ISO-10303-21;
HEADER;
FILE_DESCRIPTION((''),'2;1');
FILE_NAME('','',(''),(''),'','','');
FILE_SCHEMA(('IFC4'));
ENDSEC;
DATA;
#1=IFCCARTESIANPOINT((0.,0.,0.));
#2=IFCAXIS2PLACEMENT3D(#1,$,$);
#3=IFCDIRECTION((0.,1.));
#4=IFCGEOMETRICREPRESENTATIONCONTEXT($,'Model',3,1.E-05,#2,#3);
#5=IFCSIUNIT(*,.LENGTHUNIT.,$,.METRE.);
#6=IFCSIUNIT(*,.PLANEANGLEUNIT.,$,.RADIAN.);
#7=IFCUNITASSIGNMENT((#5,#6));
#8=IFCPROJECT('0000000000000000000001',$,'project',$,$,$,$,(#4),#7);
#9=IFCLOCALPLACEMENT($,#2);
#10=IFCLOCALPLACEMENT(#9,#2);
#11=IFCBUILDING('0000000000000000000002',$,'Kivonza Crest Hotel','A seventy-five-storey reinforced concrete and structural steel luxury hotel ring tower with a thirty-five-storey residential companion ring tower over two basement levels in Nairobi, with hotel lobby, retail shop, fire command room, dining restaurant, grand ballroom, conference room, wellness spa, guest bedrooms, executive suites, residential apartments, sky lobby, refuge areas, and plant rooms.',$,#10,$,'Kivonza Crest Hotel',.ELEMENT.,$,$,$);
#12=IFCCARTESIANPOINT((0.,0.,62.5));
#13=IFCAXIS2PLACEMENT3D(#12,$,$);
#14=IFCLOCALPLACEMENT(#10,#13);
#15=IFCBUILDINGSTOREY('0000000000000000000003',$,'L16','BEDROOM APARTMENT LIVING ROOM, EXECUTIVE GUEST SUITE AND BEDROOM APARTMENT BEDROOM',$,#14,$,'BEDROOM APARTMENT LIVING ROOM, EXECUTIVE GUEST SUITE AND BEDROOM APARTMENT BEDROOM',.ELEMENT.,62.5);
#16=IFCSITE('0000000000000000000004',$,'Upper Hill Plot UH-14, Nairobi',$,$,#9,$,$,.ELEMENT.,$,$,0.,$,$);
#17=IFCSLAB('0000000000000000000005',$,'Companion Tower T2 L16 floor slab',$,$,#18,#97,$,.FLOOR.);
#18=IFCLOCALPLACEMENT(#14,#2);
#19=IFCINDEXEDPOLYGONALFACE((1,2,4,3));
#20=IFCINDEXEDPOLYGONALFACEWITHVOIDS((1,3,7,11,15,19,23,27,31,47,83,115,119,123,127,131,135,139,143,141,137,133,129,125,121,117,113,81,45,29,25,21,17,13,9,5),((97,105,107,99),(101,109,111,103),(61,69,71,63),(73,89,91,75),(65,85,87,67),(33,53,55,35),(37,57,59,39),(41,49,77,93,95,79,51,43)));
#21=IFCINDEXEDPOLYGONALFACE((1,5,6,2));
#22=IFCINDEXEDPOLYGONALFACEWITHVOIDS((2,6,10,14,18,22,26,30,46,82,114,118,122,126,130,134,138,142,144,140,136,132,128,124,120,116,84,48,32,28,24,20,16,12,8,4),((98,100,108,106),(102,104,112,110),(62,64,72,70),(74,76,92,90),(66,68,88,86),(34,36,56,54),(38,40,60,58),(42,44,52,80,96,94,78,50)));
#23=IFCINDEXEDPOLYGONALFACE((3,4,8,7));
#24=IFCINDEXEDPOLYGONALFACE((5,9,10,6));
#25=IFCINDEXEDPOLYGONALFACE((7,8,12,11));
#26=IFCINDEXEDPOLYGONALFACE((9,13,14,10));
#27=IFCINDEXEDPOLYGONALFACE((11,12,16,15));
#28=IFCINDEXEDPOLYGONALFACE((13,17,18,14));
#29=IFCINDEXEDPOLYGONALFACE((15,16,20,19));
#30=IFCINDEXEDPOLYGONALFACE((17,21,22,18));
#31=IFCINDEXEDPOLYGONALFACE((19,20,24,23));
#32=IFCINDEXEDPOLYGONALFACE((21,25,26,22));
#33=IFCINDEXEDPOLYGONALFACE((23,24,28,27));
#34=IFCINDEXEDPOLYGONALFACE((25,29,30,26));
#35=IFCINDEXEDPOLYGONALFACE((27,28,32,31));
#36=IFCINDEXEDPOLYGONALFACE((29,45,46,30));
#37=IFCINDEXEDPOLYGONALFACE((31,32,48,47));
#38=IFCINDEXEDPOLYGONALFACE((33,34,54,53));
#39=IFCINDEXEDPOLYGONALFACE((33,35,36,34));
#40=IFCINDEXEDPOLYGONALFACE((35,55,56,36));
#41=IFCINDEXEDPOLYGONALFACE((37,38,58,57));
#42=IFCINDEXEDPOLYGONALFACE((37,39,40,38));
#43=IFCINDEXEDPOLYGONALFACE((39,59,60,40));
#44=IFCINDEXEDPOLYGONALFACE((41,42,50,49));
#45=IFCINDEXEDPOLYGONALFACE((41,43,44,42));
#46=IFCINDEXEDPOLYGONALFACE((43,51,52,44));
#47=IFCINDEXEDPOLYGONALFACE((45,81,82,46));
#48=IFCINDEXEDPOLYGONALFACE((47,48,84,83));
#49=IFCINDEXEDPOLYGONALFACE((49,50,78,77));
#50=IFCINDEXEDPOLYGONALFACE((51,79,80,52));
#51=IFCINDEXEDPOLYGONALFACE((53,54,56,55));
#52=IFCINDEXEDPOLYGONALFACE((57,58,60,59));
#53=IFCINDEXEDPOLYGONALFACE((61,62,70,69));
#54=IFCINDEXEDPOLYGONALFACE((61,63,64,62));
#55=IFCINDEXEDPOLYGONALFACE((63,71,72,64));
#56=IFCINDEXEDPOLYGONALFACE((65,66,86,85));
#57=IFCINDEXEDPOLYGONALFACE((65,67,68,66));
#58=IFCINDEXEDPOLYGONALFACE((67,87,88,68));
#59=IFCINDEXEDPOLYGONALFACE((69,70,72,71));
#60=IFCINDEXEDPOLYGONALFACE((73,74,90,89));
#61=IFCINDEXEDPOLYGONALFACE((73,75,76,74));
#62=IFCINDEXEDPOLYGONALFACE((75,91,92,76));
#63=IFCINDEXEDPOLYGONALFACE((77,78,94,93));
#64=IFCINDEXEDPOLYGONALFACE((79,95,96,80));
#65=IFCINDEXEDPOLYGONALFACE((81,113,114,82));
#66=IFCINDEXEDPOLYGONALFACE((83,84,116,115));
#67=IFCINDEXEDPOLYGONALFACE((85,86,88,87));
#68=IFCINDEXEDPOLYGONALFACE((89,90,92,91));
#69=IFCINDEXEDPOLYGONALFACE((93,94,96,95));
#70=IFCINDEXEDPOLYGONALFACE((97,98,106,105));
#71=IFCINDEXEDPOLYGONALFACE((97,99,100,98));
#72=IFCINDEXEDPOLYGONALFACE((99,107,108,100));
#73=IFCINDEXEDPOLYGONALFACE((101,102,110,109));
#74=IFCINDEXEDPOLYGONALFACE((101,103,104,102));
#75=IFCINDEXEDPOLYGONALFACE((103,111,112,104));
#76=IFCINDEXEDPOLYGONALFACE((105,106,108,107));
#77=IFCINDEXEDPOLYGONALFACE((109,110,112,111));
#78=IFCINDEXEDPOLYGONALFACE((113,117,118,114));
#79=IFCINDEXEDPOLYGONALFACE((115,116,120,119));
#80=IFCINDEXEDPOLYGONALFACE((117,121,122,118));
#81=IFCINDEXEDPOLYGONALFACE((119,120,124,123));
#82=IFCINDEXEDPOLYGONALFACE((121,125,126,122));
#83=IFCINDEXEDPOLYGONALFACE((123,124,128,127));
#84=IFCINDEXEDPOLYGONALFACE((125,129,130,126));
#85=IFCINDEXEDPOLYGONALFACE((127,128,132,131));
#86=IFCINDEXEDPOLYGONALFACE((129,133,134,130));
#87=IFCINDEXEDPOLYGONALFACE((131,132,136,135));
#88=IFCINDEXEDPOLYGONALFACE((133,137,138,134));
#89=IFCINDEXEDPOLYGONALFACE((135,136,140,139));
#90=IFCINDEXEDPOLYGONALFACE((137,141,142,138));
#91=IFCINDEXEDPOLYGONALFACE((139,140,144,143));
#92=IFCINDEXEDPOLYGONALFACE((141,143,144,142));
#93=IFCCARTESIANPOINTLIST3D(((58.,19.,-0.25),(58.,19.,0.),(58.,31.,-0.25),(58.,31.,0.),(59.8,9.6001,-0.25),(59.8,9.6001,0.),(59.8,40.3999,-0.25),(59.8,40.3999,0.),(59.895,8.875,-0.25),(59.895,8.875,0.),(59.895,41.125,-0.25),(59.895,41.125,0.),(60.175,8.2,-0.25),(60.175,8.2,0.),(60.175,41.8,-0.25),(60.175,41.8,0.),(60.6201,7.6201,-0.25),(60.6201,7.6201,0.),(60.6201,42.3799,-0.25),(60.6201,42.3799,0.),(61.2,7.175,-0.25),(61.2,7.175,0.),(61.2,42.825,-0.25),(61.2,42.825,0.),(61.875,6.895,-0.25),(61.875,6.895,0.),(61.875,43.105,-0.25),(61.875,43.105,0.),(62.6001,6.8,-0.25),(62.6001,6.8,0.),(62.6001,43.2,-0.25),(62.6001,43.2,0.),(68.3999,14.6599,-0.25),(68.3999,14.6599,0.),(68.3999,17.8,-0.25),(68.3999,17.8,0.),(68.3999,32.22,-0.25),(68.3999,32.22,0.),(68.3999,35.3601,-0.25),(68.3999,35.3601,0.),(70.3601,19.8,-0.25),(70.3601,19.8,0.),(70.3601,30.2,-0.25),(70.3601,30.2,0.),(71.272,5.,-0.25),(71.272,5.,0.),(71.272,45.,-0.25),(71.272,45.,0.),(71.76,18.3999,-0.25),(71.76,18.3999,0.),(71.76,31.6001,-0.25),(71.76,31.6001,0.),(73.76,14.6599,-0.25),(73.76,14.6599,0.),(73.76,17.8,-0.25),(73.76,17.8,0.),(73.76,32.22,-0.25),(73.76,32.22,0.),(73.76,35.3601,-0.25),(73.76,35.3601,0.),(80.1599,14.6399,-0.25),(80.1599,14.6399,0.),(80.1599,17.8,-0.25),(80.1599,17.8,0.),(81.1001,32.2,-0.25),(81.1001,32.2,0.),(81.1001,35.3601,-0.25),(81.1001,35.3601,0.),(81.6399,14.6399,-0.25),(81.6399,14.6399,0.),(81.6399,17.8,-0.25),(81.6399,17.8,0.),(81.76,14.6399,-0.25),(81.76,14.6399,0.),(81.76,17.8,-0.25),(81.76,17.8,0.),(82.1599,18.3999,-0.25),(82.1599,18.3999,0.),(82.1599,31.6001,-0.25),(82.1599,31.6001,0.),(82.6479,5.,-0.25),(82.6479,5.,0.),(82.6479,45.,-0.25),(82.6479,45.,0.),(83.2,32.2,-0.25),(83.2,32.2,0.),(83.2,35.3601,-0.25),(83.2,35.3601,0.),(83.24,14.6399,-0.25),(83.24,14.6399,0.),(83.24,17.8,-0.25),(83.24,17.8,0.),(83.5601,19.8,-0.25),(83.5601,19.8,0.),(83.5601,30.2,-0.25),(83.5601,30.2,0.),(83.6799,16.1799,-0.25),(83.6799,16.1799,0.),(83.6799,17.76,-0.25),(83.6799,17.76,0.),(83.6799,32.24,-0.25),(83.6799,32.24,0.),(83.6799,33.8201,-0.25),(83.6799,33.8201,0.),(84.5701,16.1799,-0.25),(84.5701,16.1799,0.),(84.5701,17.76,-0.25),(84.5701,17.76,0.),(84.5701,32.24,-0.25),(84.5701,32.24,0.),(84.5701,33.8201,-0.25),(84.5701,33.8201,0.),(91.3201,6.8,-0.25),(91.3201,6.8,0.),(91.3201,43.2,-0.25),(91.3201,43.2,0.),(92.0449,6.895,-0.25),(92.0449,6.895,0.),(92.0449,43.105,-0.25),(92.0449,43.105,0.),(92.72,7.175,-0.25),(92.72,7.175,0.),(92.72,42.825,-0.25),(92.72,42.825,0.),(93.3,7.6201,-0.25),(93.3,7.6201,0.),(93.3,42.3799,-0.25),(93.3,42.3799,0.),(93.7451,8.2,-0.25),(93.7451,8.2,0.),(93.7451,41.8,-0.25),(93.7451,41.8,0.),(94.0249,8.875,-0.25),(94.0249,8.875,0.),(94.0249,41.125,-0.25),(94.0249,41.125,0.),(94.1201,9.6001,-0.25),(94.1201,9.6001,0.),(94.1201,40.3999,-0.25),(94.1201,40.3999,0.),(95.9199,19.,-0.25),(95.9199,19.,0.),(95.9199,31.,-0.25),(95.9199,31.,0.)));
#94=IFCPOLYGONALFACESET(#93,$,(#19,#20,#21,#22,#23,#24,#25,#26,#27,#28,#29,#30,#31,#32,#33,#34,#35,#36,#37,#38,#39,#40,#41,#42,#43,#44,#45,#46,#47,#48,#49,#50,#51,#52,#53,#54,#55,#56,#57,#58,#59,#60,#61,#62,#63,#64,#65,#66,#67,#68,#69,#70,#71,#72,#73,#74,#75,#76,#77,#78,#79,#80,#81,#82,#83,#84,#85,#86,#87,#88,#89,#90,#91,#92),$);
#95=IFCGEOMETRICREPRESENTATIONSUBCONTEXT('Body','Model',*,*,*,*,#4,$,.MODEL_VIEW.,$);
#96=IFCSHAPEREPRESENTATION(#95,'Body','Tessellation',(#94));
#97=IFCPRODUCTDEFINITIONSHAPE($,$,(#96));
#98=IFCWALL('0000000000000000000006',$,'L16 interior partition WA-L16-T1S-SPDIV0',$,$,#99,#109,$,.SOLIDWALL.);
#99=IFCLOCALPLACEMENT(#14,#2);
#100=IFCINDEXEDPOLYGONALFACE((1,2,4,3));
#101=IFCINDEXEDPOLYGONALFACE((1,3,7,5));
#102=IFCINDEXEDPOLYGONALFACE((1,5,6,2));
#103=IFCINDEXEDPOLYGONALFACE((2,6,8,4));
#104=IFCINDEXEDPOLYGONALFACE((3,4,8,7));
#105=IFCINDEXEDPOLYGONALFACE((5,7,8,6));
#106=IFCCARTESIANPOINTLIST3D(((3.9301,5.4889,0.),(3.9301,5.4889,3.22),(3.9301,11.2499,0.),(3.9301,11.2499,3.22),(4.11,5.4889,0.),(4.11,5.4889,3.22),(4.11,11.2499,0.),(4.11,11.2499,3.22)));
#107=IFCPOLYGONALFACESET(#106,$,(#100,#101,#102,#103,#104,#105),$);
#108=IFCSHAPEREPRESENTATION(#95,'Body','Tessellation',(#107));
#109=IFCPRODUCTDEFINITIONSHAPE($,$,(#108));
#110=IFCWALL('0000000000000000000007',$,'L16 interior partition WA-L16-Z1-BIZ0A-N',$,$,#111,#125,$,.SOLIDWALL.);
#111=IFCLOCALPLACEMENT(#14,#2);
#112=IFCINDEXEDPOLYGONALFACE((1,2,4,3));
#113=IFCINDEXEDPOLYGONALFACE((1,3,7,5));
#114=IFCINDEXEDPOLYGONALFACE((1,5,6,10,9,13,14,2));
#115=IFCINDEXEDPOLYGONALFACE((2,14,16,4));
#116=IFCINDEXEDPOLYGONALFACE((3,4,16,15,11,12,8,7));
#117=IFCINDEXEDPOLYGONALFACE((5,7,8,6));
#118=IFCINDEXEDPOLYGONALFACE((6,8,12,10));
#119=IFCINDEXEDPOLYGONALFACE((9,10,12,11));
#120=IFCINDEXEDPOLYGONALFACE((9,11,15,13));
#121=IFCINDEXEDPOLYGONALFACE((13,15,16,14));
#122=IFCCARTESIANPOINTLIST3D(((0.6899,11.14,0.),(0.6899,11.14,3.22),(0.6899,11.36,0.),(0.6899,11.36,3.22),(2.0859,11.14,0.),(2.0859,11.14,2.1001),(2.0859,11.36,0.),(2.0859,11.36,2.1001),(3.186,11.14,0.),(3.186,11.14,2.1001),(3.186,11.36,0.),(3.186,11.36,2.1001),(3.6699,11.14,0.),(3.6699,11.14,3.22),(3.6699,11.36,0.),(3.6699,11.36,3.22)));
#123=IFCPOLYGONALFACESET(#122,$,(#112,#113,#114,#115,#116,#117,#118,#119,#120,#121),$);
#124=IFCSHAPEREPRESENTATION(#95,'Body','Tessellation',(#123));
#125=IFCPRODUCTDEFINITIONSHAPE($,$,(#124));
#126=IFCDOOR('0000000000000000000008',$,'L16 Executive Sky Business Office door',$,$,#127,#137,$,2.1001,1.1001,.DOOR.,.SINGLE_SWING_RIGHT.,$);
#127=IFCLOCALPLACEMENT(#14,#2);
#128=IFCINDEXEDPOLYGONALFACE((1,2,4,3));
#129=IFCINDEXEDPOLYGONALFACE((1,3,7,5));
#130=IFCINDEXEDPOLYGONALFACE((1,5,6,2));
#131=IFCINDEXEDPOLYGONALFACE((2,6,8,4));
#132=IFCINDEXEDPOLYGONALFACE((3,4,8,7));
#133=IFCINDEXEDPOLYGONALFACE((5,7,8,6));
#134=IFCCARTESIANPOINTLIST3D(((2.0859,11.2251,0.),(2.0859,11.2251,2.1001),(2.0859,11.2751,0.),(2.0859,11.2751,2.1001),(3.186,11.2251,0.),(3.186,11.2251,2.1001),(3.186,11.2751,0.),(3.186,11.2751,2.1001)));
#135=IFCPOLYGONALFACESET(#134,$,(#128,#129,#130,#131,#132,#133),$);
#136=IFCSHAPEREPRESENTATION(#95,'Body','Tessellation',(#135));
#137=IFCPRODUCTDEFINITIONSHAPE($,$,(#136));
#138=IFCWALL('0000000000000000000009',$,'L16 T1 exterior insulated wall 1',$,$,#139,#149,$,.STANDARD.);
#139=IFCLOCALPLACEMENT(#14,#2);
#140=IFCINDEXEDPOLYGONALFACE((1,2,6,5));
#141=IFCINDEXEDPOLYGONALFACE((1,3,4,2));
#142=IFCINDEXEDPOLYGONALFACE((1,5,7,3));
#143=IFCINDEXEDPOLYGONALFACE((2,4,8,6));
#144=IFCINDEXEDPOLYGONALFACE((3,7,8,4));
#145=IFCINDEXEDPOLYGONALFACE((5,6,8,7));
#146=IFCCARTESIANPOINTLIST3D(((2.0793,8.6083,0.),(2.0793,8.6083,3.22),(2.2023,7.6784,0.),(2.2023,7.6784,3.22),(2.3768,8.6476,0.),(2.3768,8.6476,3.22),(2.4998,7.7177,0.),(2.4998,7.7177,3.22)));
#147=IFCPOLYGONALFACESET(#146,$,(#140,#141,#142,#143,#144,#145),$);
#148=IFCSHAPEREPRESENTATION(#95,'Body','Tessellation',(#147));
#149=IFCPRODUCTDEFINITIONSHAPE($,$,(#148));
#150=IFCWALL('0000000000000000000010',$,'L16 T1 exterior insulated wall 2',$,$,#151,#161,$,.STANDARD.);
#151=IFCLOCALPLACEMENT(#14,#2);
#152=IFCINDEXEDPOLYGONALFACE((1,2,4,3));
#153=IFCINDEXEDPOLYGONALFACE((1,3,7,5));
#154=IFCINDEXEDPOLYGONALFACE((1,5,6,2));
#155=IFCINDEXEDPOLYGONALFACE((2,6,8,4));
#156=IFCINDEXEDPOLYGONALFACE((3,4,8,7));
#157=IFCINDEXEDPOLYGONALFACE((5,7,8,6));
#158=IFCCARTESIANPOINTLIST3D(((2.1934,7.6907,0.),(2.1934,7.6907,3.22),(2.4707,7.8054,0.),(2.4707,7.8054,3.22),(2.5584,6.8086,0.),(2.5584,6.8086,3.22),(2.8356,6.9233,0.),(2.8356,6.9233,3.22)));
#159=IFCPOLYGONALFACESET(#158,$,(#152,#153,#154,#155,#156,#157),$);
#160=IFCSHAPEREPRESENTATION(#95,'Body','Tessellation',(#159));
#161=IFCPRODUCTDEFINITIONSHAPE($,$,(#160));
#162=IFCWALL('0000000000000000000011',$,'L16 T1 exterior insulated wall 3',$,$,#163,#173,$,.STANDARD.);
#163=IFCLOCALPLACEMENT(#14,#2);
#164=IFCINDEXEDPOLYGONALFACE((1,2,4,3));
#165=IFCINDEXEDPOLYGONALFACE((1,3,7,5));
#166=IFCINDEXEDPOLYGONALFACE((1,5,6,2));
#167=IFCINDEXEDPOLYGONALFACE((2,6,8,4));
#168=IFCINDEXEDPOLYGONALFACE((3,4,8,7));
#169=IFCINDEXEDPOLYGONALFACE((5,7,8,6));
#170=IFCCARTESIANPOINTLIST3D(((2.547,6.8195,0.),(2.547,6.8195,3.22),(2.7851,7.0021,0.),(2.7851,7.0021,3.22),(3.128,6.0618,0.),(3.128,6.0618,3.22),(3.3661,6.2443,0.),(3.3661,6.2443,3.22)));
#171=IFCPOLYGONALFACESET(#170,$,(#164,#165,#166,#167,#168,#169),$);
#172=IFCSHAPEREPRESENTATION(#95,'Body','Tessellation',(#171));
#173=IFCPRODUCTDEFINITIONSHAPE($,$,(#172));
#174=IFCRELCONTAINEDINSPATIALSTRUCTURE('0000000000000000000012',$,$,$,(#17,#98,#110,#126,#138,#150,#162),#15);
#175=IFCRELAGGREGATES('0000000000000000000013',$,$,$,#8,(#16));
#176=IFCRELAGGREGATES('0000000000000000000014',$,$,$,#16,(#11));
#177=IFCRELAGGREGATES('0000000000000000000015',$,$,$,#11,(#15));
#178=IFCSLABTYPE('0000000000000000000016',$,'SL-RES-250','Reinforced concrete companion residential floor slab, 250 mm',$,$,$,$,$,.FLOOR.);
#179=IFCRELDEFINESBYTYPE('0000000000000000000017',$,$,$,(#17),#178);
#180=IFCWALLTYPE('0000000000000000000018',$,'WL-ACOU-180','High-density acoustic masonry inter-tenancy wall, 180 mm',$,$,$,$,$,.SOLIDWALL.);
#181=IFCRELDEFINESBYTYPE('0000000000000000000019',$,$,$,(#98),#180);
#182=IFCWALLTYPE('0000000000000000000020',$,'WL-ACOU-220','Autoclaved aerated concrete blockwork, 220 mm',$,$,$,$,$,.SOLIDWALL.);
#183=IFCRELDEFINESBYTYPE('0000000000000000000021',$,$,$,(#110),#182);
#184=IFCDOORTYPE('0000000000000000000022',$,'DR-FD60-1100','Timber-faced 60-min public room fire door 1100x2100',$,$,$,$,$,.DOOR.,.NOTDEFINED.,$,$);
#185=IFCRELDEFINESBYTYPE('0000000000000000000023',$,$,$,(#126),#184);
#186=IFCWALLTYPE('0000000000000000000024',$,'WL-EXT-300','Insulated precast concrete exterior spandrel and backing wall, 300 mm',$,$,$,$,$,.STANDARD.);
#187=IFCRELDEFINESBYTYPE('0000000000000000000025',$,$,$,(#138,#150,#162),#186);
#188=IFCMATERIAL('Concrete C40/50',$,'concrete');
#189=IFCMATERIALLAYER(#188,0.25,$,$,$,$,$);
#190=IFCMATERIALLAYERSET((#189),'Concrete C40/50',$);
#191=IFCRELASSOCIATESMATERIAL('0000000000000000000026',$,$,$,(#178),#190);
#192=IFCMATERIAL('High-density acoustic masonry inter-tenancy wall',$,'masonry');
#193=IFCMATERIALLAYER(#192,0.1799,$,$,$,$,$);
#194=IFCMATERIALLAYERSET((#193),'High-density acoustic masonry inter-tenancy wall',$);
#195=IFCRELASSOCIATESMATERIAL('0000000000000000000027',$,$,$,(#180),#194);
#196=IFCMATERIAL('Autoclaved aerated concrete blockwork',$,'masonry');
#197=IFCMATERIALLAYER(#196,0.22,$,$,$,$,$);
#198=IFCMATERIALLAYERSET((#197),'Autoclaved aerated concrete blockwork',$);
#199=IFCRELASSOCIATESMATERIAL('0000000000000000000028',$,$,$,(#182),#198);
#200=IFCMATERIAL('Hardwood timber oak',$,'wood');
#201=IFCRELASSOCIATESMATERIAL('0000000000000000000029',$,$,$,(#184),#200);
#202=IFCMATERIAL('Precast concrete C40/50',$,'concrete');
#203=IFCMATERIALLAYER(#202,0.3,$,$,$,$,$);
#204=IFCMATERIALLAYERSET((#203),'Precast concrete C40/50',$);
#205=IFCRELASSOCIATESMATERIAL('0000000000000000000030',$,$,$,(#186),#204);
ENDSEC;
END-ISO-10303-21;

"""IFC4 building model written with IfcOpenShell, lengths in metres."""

from ifc_helpers import new_model, si_unit, direction, frame, frame_2d, origin, place, context, subcontext, project, spatial, polyline, rectangle, outline, extrude, material, layer, layer_set, type_object, element, fill, save


model = new_model("IFC4")

# Units and contexts
model_context = context("Model", 3, precision=1e-05, world=origin(), true_north=direction((0.0, 1.0)))
body_context = subcontext(model_context, "Body", "Model", "MODEL_VIEW")
ifc_project = project(units=[si_unit("LENGTHUNIT", "METRE"), si_unit("PLANEANGLEUNIT", "RADIAN")], contexts=[model_context])

# Site, building, storey
site_placement = place(None, origin())
site = spatial("IfcSite", under=ifc_project, at=site_placement, Name="Upper Hill Plot UH-14, Nairobi", CompositionType="ELEMENT", RefElevation=0.0)
building_placement = place(site_placement, origin())
building = spatial("IfcBuilding", under=site, at=building_placement, Name="Kivonza Crest Hotel", Description="A seventy-five-storey reinforced concrete and structural steel luxury hotel ring tower with a thirty-five-storey residential companion ring tower over two basement levels in Nairobi, with hotel lobby, retail shop, fire command room, dining restaurant, grand ballroom, conference room, wellness spa, guest bedrooms, executive suites, residential apartments, sky lobby, refuge areas, and plant rooms.", LongName="Kivonza Crest Hotel", CompositionType="ELEMENT")
storey_placement = place(building_placement, frame((0.0, 0.0, 62.5)))
storey = spatial("IfcBuildingStorey", under=building, at=storey_placement, Name="L16", Description="BEDROOM APARTMENT LIVING ROOM, EXECUTIVE GUEST SUITE AND BEDROOM APARTMENT BEDROOM", LongName="BEDROOM APARTMENT LIVING ROOM, EXECUTIVE GUEST SUITE AND BEDROOM APARTMENT BEDROOM", CompositionType="ELEMENT", Elevation=62.5)

# Shared definitions
ifc_material_1 = material(Name="Concrete C40/50", Category="concrete")

# Slab
ifc_layer_1 = layer(ifc_material_1, 0.25)
ifc_layer_set_1 = layer_set([ifc_layer_1], Name="Concrete C40/50")
slab_type_1 = type_object("IfcSlabType", Name="SL-RES-250", Description="Reinforced concrete companion residential floor slab, 250 mm", PredefinedType="FLOOR", material=ifc_layer_set_1)
slab_1_placement = place(storey_placement, frame((0.0, 0.0, -0.25)))
element("IfcSlab", 1, at=slab_1_placement, inside=storey, type_object=slab_type_1, Name="Companion Tower T2 L16 floor slab", PredefinedType="FLOOR", context=body_context, shape_type="SweptSolid", body=[
    extrude(outline(polyline([(59.8, 9.6001), (59.895, 8.875), (60.175, 8.2), (60.6201, 7.6201), (61.2, 7.175), (61.875, 6.895), (62.6001, 6.8), (71.272, 5.0), (82.6479, 5.0), (91.3201, 6.8), (92.0449, 6.895), (92.72, 7.175), (93.3, 7.6201), (93.7451, 8.2), (94.0249, 8.875), (94.1201, 9.6001), (95.9199, 19.0), (95.9199, 31.0), (94.1201, 40.3999), (94.0249, 41.125), (93.7451, 41.8), (93.3, 42.3799), (92.72, 42.825), (92.0449, 43.105), (91.3201, 43.2), (82.6479, 45.0), (71.272, 45.0), (62.6001, 43.2), (61.875, 43.105), (61.2, 42.825), (60.6201, 42.3799), (60.175, 41.8), (59.895, 41.125), (59.8, 40.3999), (58.0, 31.0), (58.0, 19.0), (59.8, 9.6001)]), holes=[polyline([(71.76, 18.3999), (82.1599, 18.3999), (83.5601, 19.8), (83.5601, 30.2), (82.1599, 31.6001), (71.76, 31.6001), (70.3601, 30.2), (70.3601, 19.8), (71.76, 18.3999)]), polyline([(68.3999, 32.22), (73.76, 32.22), (73.76, 35.3601), (68.3999, 35.3601), (68.3999, 32.22)]), polyline([(68.3999, 14.6599), (73.76, 14.6599), (73.76, 17.8), (68.3999, 17.8), (68.3999, 14.6599)]), polyline([(83.6799, 32.24), (84.5701, 32.24), (84.5701, 33.8201), (83.6799, 33.8201), (83.6799, 32.24)]), polyline([(83.6799, 16.1799), (84.5701, 16.1799), (84.5701, 17.76), (83.6799, 17.76), (83.6799, 16.1799)]), polyline([(81.1001, 32.2), (83.2, 32.2), (83.2, 35.3601), (81.1001, 35.3601), (81.1001, 32.2)]), polyline([(80.1599, 14.6399), (81.6399, 14.6399), (81.6399, 17.8), (80.1599, 17.8), (80.1599, 14.6399)]), polyline([(81.76, 14.6399), (83.24, 14.6399), (83.24, 17.8), (81.76, 17.8), (81.76, 14.6399)])]), origin(), (0.0, 0.0, 1.0), 0.25),
])

# Wall
ifc_material_2 = material(Name="High-density acoustic masonry inter-tenancy wall", Category="masonry")
ifc_layer_2 = layer(ifc_material_2, 0.1799)
ifc_layer_set_2 = layer_set([ifc_layer_2], Name="High-density acoustic masonry inter-tenancy wall")
wall_type_1 = type_object("IfcWallType", Name="WL-ACOU-180", Description="High-density acoustic masonry inter-tenancy wall, 180 mm", PredefinedType="SOLIDWALL", material=ifc_layer_set_2)
wall_1_placement = place(storey_placement, frame((4.02, 5.489, 0.0), z_axis=(0.0, 0.0, 1.0), x_axis=(0.0, 1.0, 0.0)))
element("IfcWall", 2, at=wall_1_placement, inside=storey, type_object=wall_type_1, Name="L16 interior partition WA-L16-T1S-SPDIV0", PredefinedType="SOLIDWALL", context=body_context, shape_type="SweptSolid", body=[
    extrude(rectangle(XDim=5.761, YDim=0.1799, at=frame_2d((2.8804, 0.0))), origin(), (0.0, 0.0, 1.0), 3.22),
])

# Wall, opening, door
ifc_material_3 = material(Name="Autoclaved aerated concrete blockwork", Category="masonry")
ifc_layer_3 = layer(ifc_material_3, 0.22)
ifc_layer_set_3 = layer_set([ifc_layer_3], Name="Autoclaved aerated concrete blockwork")
wall_type_2 = type_object("IfcWallType", Name="WL-ACOU-220", Description="Autoclaved aerated concrete blockwork, 220 mm", PredefinedType="SOLIDWALL", material=ifc_layer_set_3)
wall_2_placement = place(storey_placement, frame((0.6899, 11.25, 0.0), z_axis=(0.0, 0.0, 1.0), x_axis=(1.0, 0.0, 0.0)))
wall_2 = element("IfcWall", 3, at=wall_2_placement, inside=storey, type_object=wall_type_2, Name="L16 interior partition WA-L16-Z1-BIZ0A-N", PredefinedType="SOLIDWALL", context=body_context, shape_type="SweptSolid", body=[
    extrude(rectangle(XDim=2.98, YDim=0.22, at=frame_2d((1.49, 0.0))), origin(), (0.0, 0.0, 1.0), 3.22),
])
opening_placement = place(wall_2_placement, frame((1.396, 0.0, 0.0)))
opening = element("IfcOpeningElement", 4, at=opening_placement, cuts=wall_2, PredefinedType="OPENING", context=body_context, shape_type="SweptSolid", body=[
    extrude(rectangle(XDim=1.1001, YDim=2.1001, at=frame_2d((0.55, 1.05))), frame((0.0, 0.1201, 0.0), z_axis=(0.0, -1.0, 0.0), x_axis=(1.0, 0.0, 0.0)), (0.0, 0.0, 1.0), 0.24),
])
ifc_material_4 = material(Name="Hardwood timber oak", Category="wood")
door_type = type_object("IfcDoorType", Name="DR-FD60-1100", Description="Timber-faced 60-min public room fire door 1100x2100", OperationType="NOTDEFINED", PredefinedType="DOOR", material=ifc_material_4)
door_placement = place(opening_placement, frame((1.1001, 0.0, 0.0), z_axis=(0.0, 0.0, 1.0), x_axis=(-1.0, 0.0, 0.0)))
door = element("IfcDoor", 5, at=door_placement, inside=storey, type_object=door_type, Name="L16 Executive Sky Business Office door", OperationType="SINGLE_SWING_RIGHT", OverallHeight=2.1001, OverallWidth=1.1001, PredefinedType="DOOR", context=body_context, shape_type="SweptSolid", body=[
    extrude(rectangle(XDim=1.1001, YDim=2.1001, at=frame_2d((0.55, 1.05))), frame((0.0, 0.0249, 0.0), z_axis=(0.0, -1.0, 0.0), x_axis=(1.0, 0.0, 0.0)), (0.0, 0.0, 1.0), 0.05),
])
fill(opening, door)

# Walls
ifc_material_5 = material(Name="Precast concrete C40/50", Category="concrete")
ifc_layer_4 = layer(ifc_material_5, 0.3)
ifc_layer_set_4 = layer_set([ifc_layer_4], Name="Precast concrete C40/50")
wall_type_3 = type_object("IfcWallType", Name="WL-EXT-300", Description="Insulated precast concrete exterior spandrel and backing wall, 300 mm", PredefinedType="STANDARD", material=ifc_layer_set_4)
wall_3_placement = place(storey_placement, frame((2.228, 8.6279, 0.0), z_axis=(0.0, 0.0, 1.0), x_axis=(0.131175, -0.991359, 0.0)))
element("IfcWall", 6, at=wall_3_placement, inside=storey, type_object=wall_type_3, Name="L16 T1 exterior insulated wall 1", PredefinedType="STANDARD", context=body_context, shape_type="SweptSolid", body=[
    extrude(rectangle(XDim=0.938, YDim=0.3, at=frame_2d((0.469, 0.0))), origin(), (0.0, 0.0, 1.0), 3.22),
])
wall_4_placement = place(storey_placement, frame((2.332, 7.748, 0.0), z_axis=(0.0, 0.0, 1.0), x_axis=(0.382344, -0.92402, 0.0)))
element("IfcWall", 7, at=wall_4_placement, inside=storey, type_object=wall_type_3, Name="L16 T1 exterior insulated wall 2", PredefinedType="STANDARD", context=body_context, shape_type="SweptSolid", body=[
    extrude(rectangle(XDim=0.9546, YDim=0.3, at=frame_2d((0.4773, 0.0))), origin(), (0.0, 0.0, 1.0), 3.22),
])
for number, where, z_axis, x_axis, name in (
    (8, (2.666, 6.9109, 0.0), (0.0, 0.0, 1.0), (0.608474, -0.793573, 0.0), "L16 T1 exterior insulated wall 3"),
):
    element("IfcWall", number, at=place(storey_placement, frame(where, z_axis=z_axis, x_axis=x_axis)), inside=storey, type_object=wall_type_3, Name=name, PredefinedType="STANDARD", context=body_context, shape_type="SweptSolid", body=[
        extrude(rectangle(XDim=0.9548, YDim=0.3, at=frame_2d((0.4775, 0.0))), origin(), (0.0, 0.0, 1.0), 3.22),
    ])

save(model, "model.ifc")
